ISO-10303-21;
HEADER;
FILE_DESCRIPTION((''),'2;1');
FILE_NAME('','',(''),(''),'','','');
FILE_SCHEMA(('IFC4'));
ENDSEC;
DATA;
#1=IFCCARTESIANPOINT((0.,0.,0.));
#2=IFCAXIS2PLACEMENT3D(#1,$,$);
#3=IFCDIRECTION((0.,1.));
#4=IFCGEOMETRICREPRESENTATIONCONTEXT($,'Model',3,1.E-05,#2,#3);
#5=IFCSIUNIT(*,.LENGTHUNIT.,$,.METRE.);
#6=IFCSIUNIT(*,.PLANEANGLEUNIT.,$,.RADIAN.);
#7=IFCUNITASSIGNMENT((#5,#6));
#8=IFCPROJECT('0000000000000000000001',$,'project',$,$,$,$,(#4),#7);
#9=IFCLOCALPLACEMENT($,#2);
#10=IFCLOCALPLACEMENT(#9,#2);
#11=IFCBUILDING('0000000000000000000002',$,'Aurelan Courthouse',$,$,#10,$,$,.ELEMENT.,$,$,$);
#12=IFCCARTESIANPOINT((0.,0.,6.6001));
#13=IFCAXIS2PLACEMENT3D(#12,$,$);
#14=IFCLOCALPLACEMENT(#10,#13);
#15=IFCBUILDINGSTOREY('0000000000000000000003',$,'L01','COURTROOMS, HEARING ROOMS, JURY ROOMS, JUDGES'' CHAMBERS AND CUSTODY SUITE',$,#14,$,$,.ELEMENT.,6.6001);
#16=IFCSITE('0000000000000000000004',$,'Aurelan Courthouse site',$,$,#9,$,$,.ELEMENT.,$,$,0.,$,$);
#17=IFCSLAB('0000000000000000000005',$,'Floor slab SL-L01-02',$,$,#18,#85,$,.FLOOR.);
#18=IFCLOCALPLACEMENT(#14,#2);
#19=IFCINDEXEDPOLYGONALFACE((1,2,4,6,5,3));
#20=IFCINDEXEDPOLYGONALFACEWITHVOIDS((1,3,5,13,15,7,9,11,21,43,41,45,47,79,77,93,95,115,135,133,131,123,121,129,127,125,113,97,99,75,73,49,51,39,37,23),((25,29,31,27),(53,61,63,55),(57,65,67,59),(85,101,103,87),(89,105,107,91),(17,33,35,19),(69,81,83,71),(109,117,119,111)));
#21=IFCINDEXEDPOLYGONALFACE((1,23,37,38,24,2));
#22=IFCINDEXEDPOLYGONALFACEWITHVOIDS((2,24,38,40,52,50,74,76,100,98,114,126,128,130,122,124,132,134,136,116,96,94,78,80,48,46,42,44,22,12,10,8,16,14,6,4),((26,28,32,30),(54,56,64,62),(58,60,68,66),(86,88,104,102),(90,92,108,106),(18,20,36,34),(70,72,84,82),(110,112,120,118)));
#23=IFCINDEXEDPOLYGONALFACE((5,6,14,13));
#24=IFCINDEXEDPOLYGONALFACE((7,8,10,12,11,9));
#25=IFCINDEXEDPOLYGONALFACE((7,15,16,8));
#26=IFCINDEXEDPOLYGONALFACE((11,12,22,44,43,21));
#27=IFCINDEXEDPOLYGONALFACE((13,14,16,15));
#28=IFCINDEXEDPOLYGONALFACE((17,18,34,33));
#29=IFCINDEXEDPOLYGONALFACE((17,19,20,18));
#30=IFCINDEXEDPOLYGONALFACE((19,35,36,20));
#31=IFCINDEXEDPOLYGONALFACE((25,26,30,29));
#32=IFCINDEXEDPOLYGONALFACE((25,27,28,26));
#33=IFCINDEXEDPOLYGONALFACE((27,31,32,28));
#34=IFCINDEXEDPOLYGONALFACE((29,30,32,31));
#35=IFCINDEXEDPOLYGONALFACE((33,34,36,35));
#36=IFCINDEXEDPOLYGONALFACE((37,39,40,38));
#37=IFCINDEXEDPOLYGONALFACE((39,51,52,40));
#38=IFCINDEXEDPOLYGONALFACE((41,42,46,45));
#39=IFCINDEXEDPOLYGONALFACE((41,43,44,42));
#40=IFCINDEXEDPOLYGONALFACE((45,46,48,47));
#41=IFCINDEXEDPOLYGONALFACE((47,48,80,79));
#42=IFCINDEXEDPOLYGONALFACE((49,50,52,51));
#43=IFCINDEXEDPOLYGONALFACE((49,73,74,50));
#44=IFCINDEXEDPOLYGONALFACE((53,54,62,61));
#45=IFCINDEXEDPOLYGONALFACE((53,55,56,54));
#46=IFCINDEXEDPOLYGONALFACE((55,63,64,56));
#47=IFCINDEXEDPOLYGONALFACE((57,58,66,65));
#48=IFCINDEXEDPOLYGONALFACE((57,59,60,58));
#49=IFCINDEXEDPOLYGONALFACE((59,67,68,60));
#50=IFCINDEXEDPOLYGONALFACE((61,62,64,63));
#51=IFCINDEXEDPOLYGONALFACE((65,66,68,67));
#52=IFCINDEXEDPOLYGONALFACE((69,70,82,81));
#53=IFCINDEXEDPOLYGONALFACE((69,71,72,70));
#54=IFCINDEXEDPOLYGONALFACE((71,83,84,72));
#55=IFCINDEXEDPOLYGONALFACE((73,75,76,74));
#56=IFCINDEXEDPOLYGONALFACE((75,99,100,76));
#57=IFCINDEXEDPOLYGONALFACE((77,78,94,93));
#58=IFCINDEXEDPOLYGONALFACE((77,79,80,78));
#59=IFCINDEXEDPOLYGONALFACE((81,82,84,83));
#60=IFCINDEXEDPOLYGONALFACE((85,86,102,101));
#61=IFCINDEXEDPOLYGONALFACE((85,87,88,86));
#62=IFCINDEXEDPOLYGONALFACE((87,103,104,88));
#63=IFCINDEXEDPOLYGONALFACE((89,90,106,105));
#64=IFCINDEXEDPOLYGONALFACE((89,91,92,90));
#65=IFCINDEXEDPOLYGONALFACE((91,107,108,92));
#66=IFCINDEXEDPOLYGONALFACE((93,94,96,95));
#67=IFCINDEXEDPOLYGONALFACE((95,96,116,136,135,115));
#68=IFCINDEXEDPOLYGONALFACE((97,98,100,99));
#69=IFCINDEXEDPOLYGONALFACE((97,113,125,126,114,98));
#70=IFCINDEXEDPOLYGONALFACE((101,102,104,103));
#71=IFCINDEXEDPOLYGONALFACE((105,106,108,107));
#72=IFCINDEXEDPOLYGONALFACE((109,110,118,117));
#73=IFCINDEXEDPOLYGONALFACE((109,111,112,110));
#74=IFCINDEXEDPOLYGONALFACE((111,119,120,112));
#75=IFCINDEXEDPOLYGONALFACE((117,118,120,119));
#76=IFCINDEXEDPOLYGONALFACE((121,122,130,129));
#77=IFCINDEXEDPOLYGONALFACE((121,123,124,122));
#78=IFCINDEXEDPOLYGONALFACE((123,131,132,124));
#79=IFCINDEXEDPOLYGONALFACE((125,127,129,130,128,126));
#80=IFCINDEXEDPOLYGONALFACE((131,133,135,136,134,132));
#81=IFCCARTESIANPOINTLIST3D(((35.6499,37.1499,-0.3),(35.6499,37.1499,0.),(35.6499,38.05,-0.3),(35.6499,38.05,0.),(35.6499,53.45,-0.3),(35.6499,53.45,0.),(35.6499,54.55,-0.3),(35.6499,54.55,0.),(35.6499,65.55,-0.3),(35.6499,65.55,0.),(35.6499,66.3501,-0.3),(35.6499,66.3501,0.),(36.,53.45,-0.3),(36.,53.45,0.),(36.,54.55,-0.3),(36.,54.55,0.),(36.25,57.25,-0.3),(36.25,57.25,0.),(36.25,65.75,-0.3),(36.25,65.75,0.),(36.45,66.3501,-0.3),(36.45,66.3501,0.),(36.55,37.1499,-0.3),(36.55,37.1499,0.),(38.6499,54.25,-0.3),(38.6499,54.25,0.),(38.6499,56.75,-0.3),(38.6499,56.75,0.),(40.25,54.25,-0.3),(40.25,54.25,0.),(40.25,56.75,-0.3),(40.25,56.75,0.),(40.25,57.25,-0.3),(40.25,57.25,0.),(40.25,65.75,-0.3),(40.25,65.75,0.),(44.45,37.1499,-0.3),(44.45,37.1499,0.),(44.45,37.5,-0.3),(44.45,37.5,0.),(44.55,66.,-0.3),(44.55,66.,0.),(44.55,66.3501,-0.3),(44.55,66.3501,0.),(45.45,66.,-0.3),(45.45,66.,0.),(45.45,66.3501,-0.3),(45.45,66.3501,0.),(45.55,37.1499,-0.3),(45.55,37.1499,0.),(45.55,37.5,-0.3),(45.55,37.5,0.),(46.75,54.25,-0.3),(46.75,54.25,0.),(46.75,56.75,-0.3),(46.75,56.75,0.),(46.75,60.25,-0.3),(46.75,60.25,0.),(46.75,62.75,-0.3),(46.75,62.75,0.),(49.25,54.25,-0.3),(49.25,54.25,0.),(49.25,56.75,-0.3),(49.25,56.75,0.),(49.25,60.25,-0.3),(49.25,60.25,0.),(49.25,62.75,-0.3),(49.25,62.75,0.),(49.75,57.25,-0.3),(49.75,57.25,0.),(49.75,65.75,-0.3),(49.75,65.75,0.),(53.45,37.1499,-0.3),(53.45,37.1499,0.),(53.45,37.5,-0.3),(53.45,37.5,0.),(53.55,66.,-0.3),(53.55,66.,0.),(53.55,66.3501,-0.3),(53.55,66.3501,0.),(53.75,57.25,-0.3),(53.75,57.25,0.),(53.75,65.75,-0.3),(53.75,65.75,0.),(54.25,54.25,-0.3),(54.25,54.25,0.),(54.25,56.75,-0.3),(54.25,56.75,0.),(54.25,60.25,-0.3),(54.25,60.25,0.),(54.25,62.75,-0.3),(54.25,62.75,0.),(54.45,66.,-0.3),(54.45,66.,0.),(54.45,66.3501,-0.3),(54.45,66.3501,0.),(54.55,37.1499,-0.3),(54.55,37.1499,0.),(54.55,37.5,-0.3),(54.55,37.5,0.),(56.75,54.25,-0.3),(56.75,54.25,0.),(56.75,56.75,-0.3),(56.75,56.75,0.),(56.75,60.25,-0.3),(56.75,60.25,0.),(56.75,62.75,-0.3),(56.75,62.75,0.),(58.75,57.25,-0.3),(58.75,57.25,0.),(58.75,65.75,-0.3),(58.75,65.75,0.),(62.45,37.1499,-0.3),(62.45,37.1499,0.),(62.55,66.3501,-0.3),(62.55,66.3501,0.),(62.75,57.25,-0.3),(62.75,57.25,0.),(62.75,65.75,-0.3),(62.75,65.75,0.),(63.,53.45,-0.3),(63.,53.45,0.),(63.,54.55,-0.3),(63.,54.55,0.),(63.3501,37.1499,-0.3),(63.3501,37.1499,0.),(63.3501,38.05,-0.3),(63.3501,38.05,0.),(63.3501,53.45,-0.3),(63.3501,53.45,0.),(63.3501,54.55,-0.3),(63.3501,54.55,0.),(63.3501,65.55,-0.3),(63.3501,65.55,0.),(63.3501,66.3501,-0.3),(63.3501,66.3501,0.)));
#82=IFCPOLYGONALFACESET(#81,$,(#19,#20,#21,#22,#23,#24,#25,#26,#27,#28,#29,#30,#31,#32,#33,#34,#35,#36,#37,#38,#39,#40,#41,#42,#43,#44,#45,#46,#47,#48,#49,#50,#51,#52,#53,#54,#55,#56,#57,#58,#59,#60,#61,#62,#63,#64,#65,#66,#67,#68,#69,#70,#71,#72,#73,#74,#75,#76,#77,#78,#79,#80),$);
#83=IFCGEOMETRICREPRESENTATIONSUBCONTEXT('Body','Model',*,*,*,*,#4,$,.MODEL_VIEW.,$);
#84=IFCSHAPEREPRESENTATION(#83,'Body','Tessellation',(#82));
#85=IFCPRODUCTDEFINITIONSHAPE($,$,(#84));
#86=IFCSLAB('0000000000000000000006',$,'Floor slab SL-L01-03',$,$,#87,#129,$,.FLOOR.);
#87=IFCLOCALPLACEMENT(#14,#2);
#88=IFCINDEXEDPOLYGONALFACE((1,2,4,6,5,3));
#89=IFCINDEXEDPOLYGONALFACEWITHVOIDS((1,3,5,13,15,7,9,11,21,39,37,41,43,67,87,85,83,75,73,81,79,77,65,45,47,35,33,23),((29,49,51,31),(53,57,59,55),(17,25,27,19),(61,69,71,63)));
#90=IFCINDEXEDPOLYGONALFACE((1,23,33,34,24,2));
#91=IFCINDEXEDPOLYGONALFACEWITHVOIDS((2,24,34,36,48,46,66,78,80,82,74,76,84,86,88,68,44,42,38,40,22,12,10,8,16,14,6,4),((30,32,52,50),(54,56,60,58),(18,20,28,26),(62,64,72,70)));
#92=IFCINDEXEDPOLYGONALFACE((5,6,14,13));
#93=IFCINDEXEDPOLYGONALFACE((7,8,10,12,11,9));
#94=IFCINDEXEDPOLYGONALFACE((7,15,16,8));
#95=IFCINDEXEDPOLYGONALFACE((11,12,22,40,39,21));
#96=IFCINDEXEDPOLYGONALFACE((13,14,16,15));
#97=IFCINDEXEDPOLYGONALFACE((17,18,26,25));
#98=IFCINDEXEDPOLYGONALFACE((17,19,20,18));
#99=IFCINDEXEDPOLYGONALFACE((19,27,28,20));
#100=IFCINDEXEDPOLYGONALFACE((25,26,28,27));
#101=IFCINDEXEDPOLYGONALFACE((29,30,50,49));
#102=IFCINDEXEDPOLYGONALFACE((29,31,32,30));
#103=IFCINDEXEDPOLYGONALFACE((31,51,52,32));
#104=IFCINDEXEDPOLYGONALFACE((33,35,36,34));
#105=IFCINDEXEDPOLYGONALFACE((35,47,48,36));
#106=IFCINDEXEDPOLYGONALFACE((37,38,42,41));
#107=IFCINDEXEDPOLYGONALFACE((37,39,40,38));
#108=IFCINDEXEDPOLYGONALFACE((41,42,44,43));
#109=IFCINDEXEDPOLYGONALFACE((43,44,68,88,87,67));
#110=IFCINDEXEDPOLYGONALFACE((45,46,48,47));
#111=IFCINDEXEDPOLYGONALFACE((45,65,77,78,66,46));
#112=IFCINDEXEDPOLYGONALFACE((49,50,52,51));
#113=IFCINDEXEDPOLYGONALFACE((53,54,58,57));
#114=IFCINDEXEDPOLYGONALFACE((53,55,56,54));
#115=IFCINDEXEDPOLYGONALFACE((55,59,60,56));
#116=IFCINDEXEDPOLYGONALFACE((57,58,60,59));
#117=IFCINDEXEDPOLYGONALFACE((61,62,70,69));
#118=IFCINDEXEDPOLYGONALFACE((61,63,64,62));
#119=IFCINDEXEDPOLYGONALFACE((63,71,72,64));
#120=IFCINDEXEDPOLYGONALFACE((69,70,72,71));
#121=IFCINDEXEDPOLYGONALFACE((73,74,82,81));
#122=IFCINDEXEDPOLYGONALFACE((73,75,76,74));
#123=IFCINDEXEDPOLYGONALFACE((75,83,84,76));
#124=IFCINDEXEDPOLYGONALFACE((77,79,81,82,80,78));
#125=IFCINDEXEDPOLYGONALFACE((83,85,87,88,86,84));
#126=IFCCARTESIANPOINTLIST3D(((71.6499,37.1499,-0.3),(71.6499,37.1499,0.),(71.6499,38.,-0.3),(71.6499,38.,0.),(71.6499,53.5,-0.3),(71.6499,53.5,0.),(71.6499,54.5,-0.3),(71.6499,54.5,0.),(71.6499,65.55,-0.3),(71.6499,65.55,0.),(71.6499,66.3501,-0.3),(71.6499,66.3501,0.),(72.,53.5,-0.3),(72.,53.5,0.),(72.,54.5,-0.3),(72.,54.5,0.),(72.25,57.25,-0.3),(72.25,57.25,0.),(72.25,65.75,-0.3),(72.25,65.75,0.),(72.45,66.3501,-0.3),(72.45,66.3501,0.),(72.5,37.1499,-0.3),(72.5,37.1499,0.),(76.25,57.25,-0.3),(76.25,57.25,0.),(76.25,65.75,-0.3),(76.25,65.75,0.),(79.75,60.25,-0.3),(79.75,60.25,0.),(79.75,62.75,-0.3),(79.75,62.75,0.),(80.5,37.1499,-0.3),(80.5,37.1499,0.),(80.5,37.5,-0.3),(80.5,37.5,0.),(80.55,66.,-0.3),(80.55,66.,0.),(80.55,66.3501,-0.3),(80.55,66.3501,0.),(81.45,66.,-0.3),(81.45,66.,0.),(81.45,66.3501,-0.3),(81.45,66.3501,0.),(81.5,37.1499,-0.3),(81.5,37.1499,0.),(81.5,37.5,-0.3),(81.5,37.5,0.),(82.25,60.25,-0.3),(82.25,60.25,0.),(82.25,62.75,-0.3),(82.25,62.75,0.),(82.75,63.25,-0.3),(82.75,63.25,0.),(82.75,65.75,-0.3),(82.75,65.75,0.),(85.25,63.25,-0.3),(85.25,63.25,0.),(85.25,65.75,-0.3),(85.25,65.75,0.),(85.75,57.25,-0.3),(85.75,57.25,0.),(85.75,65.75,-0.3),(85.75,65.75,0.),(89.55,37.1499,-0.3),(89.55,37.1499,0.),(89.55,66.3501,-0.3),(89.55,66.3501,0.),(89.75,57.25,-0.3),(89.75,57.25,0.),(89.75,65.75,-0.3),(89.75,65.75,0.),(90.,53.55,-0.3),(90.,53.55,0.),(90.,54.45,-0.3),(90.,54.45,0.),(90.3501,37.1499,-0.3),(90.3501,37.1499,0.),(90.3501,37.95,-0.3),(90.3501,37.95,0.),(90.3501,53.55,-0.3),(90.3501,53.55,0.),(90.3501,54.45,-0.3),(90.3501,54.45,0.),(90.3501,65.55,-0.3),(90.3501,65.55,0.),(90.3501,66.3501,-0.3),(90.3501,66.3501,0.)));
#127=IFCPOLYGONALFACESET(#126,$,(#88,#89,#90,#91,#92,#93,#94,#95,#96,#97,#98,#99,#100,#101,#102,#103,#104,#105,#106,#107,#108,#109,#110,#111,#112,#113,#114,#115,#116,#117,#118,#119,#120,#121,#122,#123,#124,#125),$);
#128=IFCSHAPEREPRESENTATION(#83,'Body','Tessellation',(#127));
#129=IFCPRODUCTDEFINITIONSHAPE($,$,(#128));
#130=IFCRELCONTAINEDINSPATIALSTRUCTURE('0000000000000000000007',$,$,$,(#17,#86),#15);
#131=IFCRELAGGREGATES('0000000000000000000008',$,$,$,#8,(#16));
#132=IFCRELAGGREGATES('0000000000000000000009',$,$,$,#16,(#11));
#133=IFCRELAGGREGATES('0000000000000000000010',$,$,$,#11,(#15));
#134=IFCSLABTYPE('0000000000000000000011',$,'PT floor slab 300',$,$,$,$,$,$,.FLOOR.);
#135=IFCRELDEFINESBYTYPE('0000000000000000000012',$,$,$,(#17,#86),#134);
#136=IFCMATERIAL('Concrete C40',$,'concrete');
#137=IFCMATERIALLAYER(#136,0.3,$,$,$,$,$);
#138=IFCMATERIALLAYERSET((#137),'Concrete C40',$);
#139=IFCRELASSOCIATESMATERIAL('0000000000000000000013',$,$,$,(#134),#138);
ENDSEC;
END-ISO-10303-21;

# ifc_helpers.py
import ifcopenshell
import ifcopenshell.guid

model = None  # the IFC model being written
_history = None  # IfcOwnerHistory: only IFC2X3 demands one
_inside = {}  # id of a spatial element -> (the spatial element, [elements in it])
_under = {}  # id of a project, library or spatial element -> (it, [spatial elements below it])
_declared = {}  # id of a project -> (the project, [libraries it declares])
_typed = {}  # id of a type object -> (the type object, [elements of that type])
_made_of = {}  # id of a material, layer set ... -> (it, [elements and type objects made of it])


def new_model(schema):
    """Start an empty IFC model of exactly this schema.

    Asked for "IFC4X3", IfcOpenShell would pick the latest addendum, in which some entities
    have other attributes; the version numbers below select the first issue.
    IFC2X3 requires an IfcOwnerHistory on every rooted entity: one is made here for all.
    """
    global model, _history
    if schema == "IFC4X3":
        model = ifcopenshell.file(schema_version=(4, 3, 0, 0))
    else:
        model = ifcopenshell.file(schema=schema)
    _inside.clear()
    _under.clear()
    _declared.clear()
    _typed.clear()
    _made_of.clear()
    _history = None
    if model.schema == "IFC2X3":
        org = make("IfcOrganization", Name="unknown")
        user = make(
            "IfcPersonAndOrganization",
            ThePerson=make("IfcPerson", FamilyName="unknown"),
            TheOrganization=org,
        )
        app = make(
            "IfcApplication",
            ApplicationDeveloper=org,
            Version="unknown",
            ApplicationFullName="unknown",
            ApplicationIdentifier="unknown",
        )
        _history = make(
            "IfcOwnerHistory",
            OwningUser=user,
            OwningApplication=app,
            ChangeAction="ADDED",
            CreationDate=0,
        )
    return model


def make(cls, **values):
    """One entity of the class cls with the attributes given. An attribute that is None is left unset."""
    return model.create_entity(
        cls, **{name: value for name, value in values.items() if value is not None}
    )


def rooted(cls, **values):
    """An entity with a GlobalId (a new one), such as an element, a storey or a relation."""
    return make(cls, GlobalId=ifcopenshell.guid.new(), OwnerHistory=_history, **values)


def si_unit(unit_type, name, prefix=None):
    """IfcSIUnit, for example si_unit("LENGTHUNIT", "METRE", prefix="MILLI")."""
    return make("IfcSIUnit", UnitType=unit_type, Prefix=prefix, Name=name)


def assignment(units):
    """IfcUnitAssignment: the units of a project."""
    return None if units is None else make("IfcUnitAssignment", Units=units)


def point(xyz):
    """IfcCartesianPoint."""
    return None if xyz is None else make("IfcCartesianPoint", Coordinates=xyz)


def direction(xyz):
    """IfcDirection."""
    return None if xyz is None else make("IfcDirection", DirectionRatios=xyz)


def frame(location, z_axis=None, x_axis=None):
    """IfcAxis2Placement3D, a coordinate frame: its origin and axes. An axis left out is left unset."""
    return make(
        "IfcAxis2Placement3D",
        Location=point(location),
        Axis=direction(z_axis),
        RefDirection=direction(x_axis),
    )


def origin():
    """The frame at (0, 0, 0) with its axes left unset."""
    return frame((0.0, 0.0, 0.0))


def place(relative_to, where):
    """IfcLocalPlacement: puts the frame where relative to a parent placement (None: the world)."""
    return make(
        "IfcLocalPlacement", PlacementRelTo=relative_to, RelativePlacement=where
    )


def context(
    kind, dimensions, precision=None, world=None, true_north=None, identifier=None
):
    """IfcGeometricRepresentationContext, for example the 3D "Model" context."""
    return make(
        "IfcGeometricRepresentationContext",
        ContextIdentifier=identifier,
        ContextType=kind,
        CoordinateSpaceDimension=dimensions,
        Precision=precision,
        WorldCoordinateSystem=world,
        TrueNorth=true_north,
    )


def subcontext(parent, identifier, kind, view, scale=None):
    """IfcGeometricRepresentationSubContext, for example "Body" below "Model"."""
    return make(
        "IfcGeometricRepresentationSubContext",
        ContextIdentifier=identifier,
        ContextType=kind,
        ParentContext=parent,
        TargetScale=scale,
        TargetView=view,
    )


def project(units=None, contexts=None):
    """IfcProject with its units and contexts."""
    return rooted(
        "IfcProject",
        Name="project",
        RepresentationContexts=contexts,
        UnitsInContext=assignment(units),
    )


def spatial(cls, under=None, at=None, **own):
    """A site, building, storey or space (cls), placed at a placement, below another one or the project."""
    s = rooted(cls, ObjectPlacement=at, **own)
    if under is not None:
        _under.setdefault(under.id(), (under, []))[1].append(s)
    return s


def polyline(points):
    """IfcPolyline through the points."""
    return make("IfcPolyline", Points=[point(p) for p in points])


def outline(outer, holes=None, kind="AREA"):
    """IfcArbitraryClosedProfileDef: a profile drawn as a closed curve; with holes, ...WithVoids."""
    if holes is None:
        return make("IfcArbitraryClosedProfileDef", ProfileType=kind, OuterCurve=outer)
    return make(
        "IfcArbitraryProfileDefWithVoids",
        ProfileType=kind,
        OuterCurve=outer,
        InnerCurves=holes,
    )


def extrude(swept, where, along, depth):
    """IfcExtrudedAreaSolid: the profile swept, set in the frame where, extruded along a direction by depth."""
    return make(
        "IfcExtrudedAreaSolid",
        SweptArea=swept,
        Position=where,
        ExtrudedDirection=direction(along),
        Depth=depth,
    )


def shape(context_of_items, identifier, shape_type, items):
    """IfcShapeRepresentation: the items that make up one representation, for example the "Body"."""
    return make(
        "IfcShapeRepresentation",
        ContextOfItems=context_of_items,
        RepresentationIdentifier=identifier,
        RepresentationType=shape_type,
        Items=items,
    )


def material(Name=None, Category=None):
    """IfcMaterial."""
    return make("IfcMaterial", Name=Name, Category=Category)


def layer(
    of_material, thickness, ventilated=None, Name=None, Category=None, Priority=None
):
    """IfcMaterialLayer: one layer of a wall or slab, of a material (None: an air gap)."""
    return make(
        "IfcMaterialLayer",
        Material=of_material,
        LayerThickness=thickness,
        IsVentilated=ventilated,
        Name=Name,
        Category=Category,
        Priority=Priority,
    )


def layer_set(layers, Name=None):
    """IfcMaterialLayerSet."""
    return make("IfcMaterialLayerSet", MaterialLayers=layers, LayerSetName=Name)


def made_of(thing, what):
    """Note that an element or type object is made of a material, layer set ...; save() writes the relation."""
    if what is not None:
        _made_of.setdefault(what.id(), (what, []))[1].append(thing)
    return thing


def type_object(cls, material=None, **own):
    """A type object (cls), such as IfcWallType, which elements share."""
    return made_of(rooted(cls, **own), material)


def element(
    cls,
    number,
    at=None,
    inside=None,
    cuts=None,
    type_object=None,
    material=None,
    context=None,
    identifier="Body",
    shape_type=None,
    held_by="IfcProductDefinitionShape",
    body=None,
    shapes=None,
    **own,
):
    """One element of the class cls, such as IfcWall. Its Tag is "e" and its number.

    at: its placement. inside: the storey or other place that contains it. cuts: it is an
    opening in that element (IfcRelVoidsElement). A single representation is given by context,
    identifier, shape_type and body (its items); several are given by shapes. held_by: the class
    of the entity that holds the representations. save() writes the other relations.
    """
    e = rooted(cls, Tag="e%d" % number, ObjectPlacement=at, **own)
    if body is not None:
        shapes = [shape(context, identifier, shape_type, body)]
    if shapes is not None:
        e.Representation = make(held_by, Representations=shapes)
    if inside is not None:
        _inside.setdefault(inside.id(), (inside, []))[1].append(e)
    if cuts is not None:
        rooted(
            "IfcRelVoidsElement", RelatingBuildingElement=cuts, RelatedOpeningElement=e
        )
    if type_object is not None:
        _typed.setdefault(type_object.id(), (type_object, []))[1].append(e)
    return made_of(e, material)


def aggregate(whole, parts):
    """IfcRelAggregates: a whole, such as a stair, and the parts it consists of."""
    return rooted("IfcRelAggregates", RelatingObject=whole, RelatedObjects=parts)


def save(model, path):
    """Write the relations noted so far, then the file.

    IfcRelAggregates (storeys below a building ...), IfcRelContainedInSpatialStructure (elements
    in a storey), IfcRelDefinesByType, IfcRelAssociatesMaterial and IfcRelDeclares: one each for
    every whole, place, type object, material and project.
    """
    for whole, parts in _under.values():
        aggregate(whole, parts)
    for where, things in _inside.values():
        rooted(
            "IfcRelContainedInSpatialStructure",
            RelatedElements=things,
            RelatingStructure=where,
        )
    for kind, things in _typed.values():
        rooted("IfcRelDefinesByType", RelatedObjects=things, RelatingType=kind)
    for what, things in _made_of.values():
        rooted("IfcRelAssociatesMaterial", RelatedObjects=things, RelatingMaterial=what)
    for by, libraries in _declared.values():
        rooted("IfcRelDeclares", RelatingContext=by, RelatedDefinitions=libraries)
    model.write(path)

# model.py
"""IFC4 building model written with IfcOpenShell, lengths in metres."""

from ifc_helpers import new_model, si_unit, direction, frame, origin, place, context, subcontext, project, spatial, polyline, outline, extrude, material, layer, layer_set, type_object, element, save


model = new_model("IFC4")

# Units and contexts
model_context = context("Model", 3, precision=1e-05, world=origin(), true_north=direction((0.0, 1.0)))
body_context = subcontext(model_context, "Body", "Model", "MODEL_VIEW")
ifc_project = project(units=[si_unit("LENGTHUNIT", "METRE"), si_unit("PLANEANGLEUNIT", "RADIAN")], contexts=[model_context])

# Site, building, storey
site_placement = place(None, origin())
site = spatial("IfcSite", under=ifc_project, at=site_placement, Name="Aurelan Courthouse site", CompositionType="ELEMENT", RefElevation=0.0)
building_placement = place(site_placement, origin())
building = spatial("IfcBuilding", under=site, at=building_placement, Name="Aurelan Courthouse", CompositionType="ELEMENT")
storey_placement = place(building_placement, frame((0.0, 0.0, 6.6001)))
storey = spatial("IfcBuildingStorey", under=building, at=storey_placement, Name="L01", Description="COURTROOMS, HEARING ROOMS, JURY ROOMS, JUDGES' CHAMBERS AND CUSTODY SUITE", CompositionType="ELEMENT", Elevation=6.6001)

# Slabs
ifc_material_1 = material(Name="Concrete C40", Category="concrete")
ifc_layer_1 = layer(ifc_material_1, 0.3)
ifc_layer_set_1 = layer_set([ifc_layer_1], Name="Concrete C40")
slab_type_1 = type_object("IfcSlabType", Name="PT floor slab 300", PredefinedType="FLOOR", material=ifc_layer_set_1)
slab_1_placement = place(storey_placement, frame((0.0, 0.0, -0.3)))
element("IfcSlab", 1, at=slab_1_placement, inside=storey, type_object=slab_type_1, Name="Floor slab SL-L01-02", PredefinedType="FLOOR", context=body_context, shape_type="SweptSolid", body=[
    extrude(outline(polyline([(35.6499, 66.3501), (35.6499, 65.55), (35.6499, 54.55), (36.0, 54.55), (36.0, 53.45), (35.6499, 53.45), (35.6499, 38.05), (35.6499, 37.1499), (36.55, 37.1499), (44.45, 37.1499), (44.45, 37.5), (45.55, 37.5), (45.55, 37.1499), (53.45, 37.1499), (53.45, 37.5), (54.55, 37.5), (54.55, 37.1499), (62.45, 37.1499), (63.3501, 37.1499), (63.3501, 38.05), (63.3501, 53.45), (63.0, 53.45), (63.0, 54.55), (63.3501, 54.55), (63.3501, 65.55), (63.3501, 66.3501), (62.55, 66.3501), (54.45, 66.3501), (54.45, 66.0), (53.55, 66.0), (53.55, 66.3501), (45.45, 66.3501), (45.45, 66.0), (44.55, 66.0), (44.55, 66.3501), (36.45, 66.3501), (35.6499, 66.3501)]), holes=[polyline([(58.75, 65.75), (62.75, 65.75), (62.75, 57.25), (58.75, 57.25), (58.75, 65.75)]), polyline([(56.75, 56.75), (56.75, 54.25), (54.25, 54.25), (54.25, 56.75), (56.75, 56.75)]), polyline([(56.75, 60.25), (54.25, 60.25), (54.25, 62.75), (56.75, 62.75), (56.75, 60.25)]), polyline([(49.75, 57.25), (49.75, 65.75), (53.75, 65.75), (53.75, 57.25), (49.75, 57.25)]), polyline([(46.75, 56.75), (49.25, 56.75), (49.25, 54.25), (46.75, 54.25), (46.75, 56.75)]), polyline([(46.75, 60.25), (46.75, 62.75), (49.25, 62.75), (49.25, 60.25), (46.75, 60.25)]), polyline([(40.25, 56.75), (40.25, 54.25), (38.6499, 54.25), (38.6499, 56.75), (40.25, 56.75)]), polyline([(40.25, 57.25), (36.25, 57.25), (36.25, 65.75), (40.25, 65.75), (40.25, 57.25)])]), origin(), (0.0, 0.0, 1.0), 0.3),
])
slab_2_placement = place(storey_placement, frame((0.0, 0.0, -0.3)))
element("IfcSlab", 2, at=slab_2_placement, inside=storey, type_object=slab_type_1, Name="Floor slab SL-L01-03", PredefinedType="FLOOR", context=body_context, shape_type="SweptSolid", body=[
    extrude(outline(polyline([(72.0, 53.5), (71.6499, 53.5), (71.6499, 38.0), (71.6499, 37.1499), (72.5, 37.1499), (80.5, 37.1499), (80.5, 37.5), (81.5, 37.5), (81.5, 37.1499), (89.55, 37.1499), (90.3501, 37.1499), (90.3501, 37.95), (90.3501, 53.55), (90.0, 53.55), (90.0, 54.45), (90.3501, 54.45), (90.3501, 65.55), (90.3501, 66.3501), (89.55, 66.3501), (81.45, 66.3501), (81.45, 66.0), (80.55, 66.0), (80.55, 66.3501), (72.45, 66.3501), (71.6499, 66.3501), (71.6499, 65.55), (71.6499, 54.5), (72.0, 54.5), (72.0, 53.5)]), holes=[polyline([(85.75, 57.25), (85.75, 65.75), (89.75, 65.75), (89.75, 57.25), (85.75, 57.25)]), polyline([(82.75, 65.75), (85.25, 65.75), (85.25, 63.25), (82.75, 63.25), (82.75, 65.75)]), polyline([(82.25, 62.75), (82.25, 60.25), (79.75, 60.25), (79.75, 62.75), (82.25, 62.75)]), polyline([(76.25, 57.25), (72.25, 57.25), (72.25, 65.75), (76.25, 65.75), (76.25, 57.25)])]), origin(), (0.0, 0.0, 1.0), 0.3),
])

save(model, "model.ifc")
